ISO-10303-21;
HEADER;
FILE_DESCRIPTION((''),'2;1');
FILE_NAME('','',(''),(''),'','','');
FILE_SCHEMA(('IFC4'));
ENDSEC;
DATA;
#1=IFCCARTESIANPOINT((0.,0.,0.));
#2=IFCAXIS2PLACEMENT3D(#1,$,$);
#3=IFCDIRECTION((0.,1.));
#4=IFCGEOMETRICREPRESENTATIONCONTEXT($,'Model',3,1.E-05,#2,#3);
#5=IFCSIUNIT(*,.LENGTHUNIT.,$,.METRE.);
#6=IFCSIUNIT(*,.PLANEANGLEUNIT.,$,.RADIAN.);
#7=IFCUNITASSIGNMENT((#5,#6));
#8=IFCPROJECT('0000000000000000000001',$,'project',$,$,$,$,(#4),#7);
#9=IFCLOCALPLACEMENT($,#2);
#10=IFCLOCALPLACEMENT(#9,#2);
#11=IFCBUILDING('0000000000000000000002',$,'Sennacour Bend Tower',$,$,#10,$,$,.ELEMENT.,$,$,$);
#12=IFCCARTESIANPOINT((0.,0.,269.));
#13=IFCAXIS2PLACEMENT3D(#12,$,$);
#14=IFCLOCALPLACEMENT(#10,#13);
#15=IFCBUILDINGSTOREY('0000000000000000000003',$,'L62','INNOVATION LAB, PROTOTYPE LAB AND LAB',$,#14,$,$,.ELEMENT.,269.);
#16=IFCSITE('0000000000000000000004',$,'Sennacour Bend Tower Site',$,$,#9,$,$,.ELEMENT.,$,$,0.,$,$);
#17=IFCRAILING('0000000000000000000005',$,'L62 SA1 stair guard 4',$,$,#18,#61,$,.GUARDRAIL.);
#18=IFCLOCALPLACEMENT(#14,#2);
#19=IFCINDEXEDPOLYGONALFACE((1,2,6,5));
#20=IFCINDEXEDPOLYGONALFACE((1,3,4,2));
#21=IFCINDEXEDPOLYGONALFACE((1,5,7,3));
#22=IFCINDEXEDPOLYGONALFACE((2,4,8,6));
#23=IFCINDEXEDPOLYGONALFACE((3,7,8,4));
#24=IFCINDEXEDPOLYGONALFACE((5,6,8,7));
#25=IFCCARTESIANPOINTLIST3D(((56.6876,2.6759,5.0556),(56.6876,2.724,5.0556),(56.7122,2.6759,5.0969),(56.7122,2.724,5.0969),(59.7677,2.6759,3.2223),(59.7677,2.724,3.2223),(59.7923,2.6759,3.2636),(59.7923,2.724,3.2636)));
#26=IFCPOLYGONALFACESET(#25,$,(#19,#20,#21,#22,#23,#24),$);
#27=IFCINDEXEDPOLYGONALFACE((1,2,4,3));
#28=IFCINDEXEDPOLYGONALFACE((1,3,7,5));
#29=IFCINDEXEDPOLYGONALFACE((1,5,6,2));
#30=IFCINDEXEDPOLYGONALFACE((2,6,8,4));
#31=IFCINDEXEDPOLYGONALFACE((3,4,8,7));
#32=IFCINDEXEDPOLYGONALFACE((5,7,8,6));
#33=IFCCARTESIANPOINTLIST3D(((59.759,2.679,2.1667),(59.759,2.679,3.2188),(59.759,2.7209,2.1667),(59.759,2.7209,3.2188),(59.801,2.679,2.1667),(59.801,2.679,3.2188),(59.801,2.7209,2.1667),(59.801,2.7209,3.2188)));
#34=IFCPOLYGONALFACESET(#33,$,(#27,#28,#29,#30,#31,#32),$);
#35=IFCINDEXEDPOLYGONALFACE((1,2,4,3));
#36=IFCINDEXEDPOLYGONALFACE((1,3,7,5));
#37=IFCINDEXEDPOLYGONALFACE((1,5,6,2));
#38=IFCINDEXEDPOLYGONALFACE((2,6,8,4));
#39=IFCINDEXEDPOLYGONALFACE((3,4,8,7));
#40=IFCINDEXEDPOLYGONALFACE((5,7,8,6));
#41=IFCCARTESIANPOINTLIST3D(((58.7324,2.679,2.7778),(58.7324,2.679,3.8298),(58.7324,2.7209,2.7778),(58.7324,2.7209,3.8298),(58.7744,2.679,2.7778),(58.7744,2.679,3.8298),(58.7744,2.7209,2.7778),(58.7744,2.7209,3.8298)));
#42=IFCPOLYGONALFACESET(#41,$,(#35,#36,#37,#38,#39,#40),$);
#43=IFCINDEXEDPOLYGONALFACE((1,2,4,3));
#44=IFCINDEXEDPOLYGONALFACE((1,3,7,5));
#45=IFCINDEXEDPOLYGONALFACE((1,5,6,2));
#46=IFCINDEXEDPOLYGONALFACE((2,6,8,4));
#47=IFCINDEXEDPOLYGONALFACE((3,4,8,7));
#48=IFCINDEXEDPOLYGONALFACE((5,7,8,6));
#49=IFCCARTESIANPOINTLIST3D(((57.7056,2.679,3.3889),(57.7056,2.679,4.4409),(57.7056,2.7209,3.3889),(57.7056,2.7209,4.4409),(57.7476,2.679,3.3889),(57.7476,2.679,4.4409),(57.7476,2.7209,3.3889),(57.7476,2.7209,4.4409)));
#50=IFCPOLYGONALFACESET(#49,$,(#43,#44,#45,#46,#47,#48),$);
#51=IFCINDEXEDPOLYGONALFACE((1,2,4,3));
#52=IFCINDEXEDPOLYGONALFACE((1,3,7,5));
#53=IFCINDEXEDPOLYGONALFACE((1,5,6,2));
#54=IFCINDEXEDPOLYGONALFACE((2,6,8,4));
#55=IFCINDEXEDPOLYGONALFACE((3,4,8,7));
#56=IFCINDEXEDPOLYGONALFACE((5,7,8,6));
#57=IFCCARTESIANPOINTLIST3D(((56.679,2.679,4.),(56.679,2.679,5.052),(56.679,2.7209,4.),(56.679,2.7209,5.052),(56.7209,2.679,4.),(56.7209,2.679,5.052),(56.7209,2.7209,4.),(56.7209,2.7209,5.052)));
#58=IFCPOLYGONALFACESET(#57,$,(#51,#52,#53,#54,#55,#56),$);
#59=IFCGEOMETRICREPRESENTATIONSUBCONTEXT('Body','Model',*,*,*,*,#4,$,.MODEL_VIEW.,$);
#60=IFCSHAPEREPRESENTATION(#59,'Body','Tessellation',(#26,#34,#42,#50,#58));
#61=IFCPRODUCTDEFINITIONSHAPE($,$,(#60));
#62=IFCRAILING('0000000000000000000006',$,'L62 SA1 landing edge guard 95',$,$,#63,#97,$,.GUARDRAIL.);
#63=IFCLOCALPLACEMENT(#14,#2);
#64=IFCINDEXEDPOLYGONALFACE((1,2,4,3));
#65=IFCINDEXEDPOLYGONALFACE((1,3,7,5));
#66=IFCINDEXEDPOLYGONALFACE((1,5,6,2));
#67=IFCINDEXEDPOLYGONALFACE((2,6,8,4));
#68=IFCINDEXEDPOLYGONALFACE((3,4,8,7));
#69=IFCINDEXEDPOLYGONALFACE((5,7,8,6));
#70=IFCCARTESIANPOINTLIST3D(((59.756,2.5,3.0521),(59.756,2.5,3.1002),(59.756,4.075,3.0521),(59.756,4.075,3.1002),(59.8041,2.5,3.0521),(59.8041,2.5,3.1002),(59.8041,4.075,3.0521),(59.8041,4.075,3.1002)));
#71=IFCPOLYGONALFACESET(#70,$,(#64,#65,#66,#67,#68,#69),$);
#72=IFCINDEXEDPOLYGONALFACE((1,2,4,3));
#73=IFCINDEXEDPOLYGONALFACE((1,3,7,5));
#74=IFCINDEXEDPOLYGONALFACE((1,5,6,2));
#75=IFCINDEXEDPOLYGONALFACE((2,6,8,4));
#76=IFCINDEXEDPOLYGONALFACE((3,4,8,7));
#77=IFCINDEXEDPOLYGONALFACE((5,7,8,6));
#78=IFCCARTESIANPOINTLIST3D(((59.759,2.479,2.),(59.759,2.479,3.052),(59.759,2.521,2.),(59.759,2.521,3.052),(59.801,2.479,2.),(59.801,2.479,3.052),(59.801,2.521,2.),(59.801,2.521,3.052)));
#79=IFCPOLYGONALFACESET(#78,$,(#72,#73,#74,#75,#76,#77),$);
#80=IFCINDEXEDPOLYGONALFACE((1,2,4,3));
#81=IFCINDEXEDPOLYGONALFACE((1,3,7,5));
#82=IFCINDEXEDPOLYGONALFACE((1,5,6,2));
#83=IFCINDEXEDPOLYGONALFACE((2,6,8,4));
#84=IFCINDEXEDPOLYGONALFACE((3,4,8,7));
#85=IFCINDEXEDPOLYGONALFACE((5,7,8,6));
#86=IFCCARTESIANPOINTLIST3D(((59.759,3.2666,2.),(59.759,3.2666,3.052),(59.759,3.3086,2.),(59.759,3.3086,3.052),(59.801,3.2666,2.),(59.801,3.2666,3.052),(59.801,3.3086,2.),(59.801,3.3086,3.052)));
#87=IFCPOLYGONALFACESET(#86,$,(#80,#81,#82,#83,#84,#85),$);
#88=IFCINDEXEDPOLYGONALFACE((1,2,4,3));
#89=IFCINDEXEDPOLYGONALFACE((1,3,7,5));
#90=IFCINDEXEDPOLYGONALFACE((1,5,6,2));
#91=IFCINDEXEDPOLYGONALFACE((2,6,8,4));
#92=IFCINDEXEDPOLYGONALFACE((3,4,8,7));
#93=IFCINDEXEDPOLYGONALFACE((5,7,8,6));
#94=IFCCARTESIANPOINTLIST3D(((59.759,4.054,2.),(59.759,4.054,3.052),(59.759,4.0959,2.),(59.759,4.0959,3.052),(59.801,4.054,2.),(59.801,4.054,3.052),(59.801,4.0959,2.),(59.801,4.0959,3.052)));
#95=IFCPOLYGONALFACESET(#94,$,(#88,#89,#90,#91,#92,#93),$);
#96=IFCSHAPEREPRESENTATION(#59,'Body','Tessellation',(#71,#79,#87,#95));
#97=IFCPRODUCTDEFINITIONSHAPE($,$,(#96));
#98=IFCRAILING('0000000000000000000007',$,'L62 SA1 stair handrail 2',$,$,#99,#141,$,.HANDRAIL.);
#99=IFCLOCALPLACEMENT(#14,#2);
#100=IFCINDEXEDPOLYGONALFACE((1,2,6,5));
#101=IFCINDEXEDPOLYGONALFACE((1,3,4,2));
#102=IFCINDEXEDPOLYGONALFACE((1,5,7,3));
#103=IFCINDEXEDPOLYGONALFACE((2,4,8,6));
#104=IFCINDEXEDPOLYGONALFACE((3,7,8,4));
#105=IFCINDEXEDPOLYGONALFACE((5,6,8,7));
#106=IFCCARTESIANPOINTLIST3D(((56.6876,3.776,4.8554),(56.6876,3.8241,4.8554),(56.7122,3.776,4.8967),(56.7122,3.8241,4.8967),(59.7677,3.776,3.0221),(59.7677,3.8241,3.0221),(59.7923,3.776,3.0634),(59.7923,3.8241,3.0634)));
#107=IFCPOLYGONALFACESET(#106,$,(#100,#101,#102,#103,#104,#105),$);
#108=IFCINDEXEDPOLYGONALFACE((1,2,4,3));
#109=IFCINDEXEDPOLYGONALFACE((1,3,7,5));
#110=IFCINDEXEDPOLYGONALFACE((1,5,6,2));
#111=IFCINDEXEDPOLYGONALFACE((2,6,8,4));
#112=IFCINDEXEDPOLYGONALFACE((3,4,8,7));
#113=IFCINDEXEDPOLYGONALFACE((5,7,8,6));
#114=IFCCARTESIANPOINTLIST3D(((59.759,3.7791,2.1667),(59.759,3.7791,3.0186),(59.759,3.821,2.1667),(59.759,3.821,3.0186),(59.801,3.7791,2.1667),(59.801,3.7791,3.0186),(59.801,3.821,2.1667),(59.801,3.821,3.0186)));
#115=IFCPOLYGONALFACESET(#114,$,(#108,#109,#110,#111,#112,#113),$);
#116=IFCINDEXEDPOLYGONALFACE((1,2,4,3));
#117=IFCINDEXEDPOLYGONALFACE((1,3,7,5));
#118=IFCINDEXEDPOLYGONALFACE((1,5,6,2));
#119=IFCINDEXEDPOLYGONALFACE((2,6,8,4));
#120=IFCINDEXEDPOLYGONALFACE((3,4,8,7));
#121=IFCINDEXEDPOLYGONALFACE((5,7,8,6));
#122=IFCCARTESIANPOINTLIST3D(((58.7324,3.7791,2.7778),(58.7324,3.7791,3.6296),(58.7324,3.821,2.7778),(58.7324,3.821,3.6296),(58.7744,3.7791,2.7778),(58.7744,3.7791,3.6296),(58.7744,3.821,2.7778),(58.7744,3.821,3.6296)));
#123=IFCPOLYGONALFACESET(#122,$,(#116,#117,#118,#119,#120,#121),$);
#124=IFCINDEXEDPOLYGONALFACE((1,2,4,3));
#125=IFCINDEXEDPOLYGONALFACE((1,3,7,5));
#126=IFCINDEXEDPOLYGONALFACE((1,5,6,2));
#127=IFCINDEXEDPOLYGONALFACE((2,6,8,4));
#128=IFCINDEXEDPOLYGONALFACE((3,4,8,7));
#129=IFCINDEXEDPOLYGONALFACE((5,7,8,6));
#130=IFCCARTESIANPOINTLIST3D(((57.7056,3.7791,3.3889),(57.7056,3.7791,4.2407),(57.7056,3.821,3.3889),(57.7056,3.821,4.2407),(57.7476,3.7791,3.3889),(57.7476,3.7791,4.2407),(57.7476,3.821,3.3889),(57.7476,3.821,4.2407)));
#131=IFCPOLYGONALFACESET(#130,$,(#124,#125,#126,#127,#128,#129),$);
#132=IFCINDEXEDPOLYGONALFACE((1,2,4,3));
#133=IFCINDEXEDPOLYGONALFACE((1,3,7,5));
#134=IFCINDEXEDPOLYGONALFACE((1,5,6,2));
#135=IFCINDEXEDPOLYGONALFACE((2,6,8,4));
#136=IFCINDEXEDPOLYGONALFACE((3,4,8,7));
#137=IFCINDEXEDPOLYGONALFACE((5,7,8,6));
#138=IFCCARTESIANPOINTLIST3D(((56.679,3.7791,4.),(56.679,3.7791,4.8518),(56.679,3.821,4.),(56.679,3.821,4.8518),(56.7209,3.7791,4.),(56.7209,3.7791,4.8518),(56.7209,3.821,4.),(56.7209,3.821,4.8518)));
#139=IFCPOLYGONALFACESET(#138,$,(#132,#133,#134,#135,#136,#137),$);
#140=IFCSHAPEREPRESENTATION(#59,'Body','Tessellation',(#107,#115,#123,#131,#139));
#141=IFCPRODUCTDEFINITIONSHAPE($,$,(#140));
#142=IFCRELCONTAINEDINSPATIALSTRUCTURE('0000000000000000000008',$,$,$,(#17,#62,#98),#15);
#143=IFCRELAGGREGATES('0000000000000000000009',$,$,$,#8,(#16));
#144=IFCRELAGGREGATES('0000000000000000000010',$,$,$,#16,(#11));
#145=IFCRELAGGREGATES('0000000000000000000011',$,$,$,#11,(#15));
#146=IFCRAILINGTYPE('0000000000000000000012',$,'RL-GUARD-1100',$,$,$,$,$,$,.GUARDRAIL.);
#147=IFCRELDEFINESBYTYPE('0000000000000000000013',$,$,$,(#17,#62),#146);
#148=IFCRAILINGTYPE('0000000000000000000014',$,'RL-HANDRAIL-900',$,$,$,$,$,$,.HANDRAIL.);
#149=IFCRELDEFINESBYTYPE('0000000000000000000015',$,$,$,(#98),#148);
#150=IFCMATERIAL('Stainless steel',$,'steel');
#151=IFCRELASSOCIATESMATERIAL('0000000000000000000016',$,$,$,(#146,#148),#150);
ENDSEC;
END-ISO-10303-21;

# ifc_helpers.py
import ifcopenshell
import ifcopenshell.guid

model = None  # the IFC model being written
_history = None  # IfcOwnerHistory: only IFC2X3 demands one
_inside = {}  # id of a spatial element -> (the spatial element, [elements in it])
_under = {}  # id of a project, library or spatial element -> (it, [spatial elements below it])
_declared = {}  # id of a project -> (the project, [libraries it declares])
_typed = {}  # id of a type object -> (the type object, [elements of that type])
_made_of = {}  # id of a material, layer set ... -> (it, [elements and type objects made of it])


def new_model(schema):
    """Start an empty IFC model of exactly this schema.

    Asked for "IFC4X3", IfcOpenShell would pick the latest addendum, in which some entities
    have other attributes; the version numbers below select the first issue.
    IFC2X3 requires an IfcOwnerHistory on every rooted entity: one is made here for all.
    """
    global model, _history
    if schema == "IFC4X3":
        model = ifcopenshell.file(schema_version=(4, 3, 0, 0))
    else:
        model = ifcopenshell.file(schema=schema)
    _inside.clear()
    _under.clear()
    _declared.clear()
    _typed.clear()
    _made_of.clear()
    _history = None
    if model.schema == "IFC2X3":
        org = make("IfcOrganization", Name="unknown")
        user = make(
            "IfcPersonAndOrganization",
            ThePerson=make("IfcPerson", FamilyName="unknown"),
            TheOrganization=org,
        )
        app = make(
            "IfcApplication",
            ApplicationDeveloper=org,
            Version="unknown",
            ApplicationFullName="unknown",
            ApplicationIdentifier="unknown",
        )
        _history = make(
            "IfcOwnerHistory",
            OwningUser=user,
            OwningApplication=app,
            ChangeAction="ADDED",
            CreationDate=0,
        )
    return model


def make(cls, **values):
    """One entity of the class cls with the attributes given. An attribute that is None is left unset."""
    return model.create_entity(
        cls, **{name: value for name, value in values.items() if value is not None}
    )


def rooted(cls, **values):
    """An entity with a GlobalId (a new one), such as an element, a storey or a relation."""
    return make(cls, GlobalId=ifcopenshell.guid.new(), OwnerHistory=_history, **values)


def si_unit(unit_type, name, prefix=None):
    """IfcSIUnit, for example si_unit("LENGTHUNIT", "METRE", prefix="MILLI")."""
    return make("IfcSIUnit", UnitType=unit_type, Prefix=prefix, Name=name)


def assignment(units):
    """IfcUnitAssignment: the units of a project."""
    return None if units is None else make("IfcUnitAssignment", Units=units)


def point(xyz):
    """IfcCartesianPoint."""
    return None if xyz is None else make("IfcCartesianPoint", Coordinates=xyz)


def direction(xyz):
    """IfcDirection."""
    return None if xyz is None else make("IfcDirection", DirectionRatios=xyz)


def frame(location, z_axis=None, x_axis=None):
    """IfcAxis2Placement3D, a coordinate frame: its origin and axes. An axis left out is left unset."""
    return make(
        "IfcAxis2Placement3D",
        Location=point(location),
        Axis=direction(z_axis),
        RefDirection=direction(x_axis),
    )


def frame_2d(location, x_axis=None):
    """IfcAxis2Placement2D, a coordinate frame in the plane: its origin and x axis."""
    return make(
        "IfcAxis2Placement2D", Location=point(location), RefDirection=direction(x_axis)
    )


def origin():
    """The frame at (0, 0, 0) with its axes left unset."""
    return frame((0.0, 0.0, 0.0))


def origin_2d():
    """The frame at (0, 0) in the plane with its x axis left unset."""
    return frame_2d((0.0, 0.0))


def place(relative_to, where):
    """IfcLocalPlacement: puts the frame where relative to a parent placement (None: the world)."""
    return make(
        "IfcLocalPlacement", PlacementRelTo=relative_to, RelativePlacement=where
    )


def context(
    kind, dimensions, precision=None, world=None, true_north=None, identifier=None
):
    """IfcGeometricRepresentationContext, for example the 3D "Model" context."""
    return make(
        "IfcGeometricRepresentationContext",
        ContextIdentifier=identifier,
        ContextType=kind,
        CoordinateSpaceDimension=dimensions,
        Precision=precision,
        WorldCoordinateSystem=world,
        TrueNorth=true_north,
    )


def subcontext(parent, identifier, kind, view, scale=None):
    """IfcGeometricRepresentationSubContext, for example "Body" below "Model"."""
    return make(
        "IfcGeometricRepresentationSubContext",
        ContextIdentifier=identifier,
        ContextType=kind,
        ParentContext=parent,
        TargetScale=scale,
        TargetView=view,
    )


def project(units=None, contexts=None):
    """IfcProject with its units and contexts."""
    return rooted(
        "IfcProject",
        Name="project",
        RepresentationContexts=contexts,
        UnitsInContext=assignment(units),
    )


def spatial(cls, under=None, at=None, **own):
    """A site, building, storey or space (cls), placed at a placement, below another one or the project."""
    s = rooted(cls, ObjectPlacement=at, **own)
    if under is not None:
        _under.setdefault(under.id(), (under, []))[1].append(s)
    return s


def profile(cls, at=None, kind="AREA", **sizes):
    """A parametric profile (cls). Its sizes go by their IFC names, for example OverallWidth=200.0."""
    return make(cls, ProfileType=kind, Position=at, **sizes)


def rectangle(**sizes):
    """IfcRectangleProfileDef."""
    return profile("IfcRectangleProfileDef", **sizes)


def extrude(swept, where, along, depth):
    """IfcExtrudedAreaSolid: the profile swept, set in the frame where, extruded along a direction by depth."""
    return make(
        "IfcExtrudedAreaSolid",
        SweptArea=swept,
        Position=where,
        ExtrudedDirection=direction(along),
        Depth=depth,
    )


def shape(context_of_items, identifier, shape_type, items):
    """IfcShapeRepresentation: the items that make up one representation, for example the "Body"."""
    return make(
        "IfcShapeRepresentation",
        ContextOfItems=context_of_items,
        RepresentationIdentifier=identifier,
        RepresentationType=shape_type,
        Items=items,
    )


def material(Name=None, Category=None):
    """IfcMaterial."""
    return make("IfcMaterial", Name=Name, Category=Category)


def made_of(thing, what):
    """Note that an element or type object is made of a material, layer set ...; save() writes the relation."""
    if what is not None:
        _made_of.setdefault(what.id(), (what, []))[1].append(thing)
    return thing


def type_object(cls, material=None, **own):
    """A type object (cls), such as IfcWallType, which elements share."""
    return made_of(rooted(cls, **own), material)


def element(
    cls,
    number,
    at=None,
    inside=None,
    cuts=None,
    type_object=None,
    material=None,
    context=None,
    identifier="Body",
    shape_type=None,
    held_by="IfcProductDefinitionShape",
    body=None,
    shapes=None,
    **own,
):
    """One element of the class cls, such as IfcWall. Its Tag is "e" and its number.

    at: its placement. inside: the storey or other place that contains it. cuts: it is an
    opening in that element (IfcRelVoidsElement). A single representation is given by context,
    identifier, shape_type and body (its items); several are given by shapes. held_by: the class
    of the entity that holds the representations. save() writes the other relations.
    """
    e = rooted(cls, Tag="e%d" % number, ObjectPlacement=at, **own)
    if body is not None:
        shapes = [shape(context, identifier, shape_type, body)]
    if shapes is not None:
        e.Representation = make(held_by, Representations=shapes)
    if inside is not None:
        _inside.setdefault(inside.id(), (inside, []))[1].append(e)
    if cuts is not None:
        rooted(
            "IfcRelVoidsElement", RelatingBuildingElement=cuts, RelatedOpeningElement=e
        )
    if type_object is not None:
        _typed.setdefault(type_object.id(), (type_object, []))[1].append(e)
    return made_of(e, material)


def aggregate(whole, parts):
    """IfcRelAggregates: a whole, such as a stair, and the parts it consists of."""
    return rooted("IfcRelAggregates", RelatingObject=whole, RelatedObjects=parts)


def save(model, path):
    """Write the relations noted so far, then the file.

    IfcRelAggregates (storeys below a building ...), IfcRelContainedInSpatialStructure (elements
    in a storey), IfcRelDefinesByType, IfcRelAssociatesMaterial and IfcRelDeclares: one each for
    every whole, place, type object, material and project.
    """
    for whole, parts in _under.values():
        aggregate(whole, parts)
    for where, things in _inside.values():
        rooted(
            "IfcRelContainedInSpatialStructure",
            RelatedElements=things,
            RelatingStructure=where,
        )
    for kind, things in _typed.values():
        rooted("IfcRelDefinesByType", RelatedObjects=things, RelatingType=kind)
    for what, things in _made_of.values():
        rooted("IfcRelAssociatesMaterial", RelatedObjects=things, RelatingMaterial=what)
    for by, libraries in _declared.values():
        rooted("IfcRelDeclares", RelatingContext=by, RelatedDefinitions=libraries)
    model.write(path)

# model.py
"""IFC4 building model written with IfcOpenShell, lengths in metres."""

from ifc_helpers import new_model, si_unit, direction, frame, origin, origin_2d, place, context, subcontext, project, spatial, rectangle, extrude, material, type_object, element, save


model = new_model("IFC4")

# Units and contexts
model_context = context("Model", 3, precision=1e-05, world=origin(), true_north=direction((0.0, 1.0)))
body_context = subcontext(model_context, "Body", "Model", "MODEL_VIEW")
ifc_project = project(units=[si_unit("LENGTHUNIT", "METRE"), si_unit("PLANEANGLEUNIT", "RADIAN")], contexts=[model_context])

# Site, building, storey
site_placement = place(None, origin())
site = spatial("IfcSite", under=ifc_project, at=site_placement, Name="Sennacour Bend Tower Site", CompositionType="ELEMENT", RefElevation=0.0)
building_placement = place(site_placement, origin())
building = spatial("IfcBuilding", under=site, at=building_placement, Name="Sennacour Bend Tower", CompositionType="ELEMENT")
storey_placement = place(building_placement, frame((0.0, 0.0, 269.0)))
storey = spatial("IfcBuildingStorey", under=building, at=storey_placement, Name="L62", Description="INNOVATION LAB, PROTOTYPE LAB AND LAB", CompositionType="ELEMENT", Elevation=269.0)

# Railings
ifc_material_1 = material(Name="Stainless steel", Category="steel")
railing_type_1 = type_object("IfcRailingType", Name="RL-GUARD-1100", PredefinedType="GUARDRAIL", material=ifc_material_1)
railing_1_placement = place(storey_placement, frame((59.78, 2.7, 2.1667)))
element("IfcRailing", 1, at=railing_1_placement, inside=storey, type_object=railing_type_1, Name="L62 SA1 stair guard 4", PredefinedType="GUARDRAIL", context=body_context, shape_type="SweptSolid", body=[
    extrude(rectangle(XDim=0.0481, YDim=0.0481, at=origin_2d()), frame((0.0, 0.0, 1.0762), z_axis=(-0.859309, 0.0, 0.511458), x_axis=(0.0, -1.0, 0.0)), (0.0, 0.0, 1.0), 3.5845),
    extrude(rectangle(XDim=0.042, YDim=0.042, at=origin_2d()), origin(), (0.0, 0.0, 1.0), 1.052),
    extrude(rectangle(XDim=0.042, YDim=0.042, at=origin_2d()), frame((-1.0266, 0.0, 0.6111)), (0.0, 0.0, 1.0), 1.052),
    extrude(rectangle(XDim=0.042, YDim=0.042, at=origin_2d()), frame((-2.0535, 0.0, 1.2222)), (0.0, 0.0, 1.0), 1.052),
    extrude(rectangle(XDim=0.042, YDim=0.042, at=origin_2d()), frame((-3.0801, 0.0, 1.8333)), (0.0, 0.0, 1.0), 1.052),
])
railing_2_placement = place(storey_placement, frame((59.78, 2.5, 2.0)))
element("IfcRailing", 2, at=railing_2_placement, inside=storey, type_object=railing_type_1, Name="L62 SA1 landing edge guard 95", PredefinedType="GUARDRAIL", context=body_context, shape_type="SweptSolid", body=[
    extrude(rectangle(XDim=0.0481, YDim=0.0481, at=origin_2d()), frame((0.0, 0.0, 1.0762), z_axis=(0.0, 1.0, 0.0), x_axis=(-1.0, 0.0, 0.0)), (0.0, 0.0, 1.0), 1.575),
    extrude(rectangle(XDim=0.042, YDim=0.042, at=origin_2d()), origin(), (0.0, 0.0, 1.0), 1.052),
    extrude(rectangle(XDim=0.042, YDim=0.042, at=origin_2d()), frame((0.0, 0.7876, 0.0)), (0.0, 0.0, 1.0), 1.052),
    extrude(rectangle(XDim=0.042, YDim=0.042, at=origin_2d()), frame((0.0, 1.575, 0.0)), (0.0, 0.0, 1.0), 1.052),
])
railing_type_2 = type_object("IfcRailingType", Name="RL-HANDRAIL-900", PredefinedType="HANDRAIL", material=ifc_material_1)
railing_3_placement = place(storey_placement, frame((59.78, 3.8, 2.1667)))
element("IfcRailing", 3, at=railing_3_placement, inside=storey, type_object=railing_type_2, Name="L62 SA1 stair handrail 2", PredefinedType="HANDRAIL", context=body_context, shape_type="SweptSolid", body=[
    extrude(rectangle(XDim=0.0481, YDim=0.0481, at=origin_2d()), frame((0.0, 0.0, 0.876), z_axis=(-0.859309, 0.0, 0.511458), x_axis=(0.0, -1.0, 0.0)), (0.0, 0.0, 1.0), 3.5845),
    extrude(rectangle(XDim=0.042, YDim=0.042, at=origin_2d()), origin(), (0.0, 0.0, 1.0), 0.8518),
    extrude(rectangle(XDim=0.042, YDim=0.042, at=origin_2d()), frame((-1.0266, 0.0, 0.6111)), (0.0, 0.0, 1.0), 0.8518),
    extrude(rectangle(XDim=0.042, YDim=0.042, at=origin_2d()), frame((-2.0535, 0.0, 1.2222)), (0.0, 0.0, 1.0), 0.8518),
    extrude(rectangle(XDim=0.042, YDim=0.042, at=origin_2d()), frame((-3.0801, 0.0, 1.8333)), (0.0, 0.0, 1.0), 0.8518),
])

save(model, "model.ifc")
